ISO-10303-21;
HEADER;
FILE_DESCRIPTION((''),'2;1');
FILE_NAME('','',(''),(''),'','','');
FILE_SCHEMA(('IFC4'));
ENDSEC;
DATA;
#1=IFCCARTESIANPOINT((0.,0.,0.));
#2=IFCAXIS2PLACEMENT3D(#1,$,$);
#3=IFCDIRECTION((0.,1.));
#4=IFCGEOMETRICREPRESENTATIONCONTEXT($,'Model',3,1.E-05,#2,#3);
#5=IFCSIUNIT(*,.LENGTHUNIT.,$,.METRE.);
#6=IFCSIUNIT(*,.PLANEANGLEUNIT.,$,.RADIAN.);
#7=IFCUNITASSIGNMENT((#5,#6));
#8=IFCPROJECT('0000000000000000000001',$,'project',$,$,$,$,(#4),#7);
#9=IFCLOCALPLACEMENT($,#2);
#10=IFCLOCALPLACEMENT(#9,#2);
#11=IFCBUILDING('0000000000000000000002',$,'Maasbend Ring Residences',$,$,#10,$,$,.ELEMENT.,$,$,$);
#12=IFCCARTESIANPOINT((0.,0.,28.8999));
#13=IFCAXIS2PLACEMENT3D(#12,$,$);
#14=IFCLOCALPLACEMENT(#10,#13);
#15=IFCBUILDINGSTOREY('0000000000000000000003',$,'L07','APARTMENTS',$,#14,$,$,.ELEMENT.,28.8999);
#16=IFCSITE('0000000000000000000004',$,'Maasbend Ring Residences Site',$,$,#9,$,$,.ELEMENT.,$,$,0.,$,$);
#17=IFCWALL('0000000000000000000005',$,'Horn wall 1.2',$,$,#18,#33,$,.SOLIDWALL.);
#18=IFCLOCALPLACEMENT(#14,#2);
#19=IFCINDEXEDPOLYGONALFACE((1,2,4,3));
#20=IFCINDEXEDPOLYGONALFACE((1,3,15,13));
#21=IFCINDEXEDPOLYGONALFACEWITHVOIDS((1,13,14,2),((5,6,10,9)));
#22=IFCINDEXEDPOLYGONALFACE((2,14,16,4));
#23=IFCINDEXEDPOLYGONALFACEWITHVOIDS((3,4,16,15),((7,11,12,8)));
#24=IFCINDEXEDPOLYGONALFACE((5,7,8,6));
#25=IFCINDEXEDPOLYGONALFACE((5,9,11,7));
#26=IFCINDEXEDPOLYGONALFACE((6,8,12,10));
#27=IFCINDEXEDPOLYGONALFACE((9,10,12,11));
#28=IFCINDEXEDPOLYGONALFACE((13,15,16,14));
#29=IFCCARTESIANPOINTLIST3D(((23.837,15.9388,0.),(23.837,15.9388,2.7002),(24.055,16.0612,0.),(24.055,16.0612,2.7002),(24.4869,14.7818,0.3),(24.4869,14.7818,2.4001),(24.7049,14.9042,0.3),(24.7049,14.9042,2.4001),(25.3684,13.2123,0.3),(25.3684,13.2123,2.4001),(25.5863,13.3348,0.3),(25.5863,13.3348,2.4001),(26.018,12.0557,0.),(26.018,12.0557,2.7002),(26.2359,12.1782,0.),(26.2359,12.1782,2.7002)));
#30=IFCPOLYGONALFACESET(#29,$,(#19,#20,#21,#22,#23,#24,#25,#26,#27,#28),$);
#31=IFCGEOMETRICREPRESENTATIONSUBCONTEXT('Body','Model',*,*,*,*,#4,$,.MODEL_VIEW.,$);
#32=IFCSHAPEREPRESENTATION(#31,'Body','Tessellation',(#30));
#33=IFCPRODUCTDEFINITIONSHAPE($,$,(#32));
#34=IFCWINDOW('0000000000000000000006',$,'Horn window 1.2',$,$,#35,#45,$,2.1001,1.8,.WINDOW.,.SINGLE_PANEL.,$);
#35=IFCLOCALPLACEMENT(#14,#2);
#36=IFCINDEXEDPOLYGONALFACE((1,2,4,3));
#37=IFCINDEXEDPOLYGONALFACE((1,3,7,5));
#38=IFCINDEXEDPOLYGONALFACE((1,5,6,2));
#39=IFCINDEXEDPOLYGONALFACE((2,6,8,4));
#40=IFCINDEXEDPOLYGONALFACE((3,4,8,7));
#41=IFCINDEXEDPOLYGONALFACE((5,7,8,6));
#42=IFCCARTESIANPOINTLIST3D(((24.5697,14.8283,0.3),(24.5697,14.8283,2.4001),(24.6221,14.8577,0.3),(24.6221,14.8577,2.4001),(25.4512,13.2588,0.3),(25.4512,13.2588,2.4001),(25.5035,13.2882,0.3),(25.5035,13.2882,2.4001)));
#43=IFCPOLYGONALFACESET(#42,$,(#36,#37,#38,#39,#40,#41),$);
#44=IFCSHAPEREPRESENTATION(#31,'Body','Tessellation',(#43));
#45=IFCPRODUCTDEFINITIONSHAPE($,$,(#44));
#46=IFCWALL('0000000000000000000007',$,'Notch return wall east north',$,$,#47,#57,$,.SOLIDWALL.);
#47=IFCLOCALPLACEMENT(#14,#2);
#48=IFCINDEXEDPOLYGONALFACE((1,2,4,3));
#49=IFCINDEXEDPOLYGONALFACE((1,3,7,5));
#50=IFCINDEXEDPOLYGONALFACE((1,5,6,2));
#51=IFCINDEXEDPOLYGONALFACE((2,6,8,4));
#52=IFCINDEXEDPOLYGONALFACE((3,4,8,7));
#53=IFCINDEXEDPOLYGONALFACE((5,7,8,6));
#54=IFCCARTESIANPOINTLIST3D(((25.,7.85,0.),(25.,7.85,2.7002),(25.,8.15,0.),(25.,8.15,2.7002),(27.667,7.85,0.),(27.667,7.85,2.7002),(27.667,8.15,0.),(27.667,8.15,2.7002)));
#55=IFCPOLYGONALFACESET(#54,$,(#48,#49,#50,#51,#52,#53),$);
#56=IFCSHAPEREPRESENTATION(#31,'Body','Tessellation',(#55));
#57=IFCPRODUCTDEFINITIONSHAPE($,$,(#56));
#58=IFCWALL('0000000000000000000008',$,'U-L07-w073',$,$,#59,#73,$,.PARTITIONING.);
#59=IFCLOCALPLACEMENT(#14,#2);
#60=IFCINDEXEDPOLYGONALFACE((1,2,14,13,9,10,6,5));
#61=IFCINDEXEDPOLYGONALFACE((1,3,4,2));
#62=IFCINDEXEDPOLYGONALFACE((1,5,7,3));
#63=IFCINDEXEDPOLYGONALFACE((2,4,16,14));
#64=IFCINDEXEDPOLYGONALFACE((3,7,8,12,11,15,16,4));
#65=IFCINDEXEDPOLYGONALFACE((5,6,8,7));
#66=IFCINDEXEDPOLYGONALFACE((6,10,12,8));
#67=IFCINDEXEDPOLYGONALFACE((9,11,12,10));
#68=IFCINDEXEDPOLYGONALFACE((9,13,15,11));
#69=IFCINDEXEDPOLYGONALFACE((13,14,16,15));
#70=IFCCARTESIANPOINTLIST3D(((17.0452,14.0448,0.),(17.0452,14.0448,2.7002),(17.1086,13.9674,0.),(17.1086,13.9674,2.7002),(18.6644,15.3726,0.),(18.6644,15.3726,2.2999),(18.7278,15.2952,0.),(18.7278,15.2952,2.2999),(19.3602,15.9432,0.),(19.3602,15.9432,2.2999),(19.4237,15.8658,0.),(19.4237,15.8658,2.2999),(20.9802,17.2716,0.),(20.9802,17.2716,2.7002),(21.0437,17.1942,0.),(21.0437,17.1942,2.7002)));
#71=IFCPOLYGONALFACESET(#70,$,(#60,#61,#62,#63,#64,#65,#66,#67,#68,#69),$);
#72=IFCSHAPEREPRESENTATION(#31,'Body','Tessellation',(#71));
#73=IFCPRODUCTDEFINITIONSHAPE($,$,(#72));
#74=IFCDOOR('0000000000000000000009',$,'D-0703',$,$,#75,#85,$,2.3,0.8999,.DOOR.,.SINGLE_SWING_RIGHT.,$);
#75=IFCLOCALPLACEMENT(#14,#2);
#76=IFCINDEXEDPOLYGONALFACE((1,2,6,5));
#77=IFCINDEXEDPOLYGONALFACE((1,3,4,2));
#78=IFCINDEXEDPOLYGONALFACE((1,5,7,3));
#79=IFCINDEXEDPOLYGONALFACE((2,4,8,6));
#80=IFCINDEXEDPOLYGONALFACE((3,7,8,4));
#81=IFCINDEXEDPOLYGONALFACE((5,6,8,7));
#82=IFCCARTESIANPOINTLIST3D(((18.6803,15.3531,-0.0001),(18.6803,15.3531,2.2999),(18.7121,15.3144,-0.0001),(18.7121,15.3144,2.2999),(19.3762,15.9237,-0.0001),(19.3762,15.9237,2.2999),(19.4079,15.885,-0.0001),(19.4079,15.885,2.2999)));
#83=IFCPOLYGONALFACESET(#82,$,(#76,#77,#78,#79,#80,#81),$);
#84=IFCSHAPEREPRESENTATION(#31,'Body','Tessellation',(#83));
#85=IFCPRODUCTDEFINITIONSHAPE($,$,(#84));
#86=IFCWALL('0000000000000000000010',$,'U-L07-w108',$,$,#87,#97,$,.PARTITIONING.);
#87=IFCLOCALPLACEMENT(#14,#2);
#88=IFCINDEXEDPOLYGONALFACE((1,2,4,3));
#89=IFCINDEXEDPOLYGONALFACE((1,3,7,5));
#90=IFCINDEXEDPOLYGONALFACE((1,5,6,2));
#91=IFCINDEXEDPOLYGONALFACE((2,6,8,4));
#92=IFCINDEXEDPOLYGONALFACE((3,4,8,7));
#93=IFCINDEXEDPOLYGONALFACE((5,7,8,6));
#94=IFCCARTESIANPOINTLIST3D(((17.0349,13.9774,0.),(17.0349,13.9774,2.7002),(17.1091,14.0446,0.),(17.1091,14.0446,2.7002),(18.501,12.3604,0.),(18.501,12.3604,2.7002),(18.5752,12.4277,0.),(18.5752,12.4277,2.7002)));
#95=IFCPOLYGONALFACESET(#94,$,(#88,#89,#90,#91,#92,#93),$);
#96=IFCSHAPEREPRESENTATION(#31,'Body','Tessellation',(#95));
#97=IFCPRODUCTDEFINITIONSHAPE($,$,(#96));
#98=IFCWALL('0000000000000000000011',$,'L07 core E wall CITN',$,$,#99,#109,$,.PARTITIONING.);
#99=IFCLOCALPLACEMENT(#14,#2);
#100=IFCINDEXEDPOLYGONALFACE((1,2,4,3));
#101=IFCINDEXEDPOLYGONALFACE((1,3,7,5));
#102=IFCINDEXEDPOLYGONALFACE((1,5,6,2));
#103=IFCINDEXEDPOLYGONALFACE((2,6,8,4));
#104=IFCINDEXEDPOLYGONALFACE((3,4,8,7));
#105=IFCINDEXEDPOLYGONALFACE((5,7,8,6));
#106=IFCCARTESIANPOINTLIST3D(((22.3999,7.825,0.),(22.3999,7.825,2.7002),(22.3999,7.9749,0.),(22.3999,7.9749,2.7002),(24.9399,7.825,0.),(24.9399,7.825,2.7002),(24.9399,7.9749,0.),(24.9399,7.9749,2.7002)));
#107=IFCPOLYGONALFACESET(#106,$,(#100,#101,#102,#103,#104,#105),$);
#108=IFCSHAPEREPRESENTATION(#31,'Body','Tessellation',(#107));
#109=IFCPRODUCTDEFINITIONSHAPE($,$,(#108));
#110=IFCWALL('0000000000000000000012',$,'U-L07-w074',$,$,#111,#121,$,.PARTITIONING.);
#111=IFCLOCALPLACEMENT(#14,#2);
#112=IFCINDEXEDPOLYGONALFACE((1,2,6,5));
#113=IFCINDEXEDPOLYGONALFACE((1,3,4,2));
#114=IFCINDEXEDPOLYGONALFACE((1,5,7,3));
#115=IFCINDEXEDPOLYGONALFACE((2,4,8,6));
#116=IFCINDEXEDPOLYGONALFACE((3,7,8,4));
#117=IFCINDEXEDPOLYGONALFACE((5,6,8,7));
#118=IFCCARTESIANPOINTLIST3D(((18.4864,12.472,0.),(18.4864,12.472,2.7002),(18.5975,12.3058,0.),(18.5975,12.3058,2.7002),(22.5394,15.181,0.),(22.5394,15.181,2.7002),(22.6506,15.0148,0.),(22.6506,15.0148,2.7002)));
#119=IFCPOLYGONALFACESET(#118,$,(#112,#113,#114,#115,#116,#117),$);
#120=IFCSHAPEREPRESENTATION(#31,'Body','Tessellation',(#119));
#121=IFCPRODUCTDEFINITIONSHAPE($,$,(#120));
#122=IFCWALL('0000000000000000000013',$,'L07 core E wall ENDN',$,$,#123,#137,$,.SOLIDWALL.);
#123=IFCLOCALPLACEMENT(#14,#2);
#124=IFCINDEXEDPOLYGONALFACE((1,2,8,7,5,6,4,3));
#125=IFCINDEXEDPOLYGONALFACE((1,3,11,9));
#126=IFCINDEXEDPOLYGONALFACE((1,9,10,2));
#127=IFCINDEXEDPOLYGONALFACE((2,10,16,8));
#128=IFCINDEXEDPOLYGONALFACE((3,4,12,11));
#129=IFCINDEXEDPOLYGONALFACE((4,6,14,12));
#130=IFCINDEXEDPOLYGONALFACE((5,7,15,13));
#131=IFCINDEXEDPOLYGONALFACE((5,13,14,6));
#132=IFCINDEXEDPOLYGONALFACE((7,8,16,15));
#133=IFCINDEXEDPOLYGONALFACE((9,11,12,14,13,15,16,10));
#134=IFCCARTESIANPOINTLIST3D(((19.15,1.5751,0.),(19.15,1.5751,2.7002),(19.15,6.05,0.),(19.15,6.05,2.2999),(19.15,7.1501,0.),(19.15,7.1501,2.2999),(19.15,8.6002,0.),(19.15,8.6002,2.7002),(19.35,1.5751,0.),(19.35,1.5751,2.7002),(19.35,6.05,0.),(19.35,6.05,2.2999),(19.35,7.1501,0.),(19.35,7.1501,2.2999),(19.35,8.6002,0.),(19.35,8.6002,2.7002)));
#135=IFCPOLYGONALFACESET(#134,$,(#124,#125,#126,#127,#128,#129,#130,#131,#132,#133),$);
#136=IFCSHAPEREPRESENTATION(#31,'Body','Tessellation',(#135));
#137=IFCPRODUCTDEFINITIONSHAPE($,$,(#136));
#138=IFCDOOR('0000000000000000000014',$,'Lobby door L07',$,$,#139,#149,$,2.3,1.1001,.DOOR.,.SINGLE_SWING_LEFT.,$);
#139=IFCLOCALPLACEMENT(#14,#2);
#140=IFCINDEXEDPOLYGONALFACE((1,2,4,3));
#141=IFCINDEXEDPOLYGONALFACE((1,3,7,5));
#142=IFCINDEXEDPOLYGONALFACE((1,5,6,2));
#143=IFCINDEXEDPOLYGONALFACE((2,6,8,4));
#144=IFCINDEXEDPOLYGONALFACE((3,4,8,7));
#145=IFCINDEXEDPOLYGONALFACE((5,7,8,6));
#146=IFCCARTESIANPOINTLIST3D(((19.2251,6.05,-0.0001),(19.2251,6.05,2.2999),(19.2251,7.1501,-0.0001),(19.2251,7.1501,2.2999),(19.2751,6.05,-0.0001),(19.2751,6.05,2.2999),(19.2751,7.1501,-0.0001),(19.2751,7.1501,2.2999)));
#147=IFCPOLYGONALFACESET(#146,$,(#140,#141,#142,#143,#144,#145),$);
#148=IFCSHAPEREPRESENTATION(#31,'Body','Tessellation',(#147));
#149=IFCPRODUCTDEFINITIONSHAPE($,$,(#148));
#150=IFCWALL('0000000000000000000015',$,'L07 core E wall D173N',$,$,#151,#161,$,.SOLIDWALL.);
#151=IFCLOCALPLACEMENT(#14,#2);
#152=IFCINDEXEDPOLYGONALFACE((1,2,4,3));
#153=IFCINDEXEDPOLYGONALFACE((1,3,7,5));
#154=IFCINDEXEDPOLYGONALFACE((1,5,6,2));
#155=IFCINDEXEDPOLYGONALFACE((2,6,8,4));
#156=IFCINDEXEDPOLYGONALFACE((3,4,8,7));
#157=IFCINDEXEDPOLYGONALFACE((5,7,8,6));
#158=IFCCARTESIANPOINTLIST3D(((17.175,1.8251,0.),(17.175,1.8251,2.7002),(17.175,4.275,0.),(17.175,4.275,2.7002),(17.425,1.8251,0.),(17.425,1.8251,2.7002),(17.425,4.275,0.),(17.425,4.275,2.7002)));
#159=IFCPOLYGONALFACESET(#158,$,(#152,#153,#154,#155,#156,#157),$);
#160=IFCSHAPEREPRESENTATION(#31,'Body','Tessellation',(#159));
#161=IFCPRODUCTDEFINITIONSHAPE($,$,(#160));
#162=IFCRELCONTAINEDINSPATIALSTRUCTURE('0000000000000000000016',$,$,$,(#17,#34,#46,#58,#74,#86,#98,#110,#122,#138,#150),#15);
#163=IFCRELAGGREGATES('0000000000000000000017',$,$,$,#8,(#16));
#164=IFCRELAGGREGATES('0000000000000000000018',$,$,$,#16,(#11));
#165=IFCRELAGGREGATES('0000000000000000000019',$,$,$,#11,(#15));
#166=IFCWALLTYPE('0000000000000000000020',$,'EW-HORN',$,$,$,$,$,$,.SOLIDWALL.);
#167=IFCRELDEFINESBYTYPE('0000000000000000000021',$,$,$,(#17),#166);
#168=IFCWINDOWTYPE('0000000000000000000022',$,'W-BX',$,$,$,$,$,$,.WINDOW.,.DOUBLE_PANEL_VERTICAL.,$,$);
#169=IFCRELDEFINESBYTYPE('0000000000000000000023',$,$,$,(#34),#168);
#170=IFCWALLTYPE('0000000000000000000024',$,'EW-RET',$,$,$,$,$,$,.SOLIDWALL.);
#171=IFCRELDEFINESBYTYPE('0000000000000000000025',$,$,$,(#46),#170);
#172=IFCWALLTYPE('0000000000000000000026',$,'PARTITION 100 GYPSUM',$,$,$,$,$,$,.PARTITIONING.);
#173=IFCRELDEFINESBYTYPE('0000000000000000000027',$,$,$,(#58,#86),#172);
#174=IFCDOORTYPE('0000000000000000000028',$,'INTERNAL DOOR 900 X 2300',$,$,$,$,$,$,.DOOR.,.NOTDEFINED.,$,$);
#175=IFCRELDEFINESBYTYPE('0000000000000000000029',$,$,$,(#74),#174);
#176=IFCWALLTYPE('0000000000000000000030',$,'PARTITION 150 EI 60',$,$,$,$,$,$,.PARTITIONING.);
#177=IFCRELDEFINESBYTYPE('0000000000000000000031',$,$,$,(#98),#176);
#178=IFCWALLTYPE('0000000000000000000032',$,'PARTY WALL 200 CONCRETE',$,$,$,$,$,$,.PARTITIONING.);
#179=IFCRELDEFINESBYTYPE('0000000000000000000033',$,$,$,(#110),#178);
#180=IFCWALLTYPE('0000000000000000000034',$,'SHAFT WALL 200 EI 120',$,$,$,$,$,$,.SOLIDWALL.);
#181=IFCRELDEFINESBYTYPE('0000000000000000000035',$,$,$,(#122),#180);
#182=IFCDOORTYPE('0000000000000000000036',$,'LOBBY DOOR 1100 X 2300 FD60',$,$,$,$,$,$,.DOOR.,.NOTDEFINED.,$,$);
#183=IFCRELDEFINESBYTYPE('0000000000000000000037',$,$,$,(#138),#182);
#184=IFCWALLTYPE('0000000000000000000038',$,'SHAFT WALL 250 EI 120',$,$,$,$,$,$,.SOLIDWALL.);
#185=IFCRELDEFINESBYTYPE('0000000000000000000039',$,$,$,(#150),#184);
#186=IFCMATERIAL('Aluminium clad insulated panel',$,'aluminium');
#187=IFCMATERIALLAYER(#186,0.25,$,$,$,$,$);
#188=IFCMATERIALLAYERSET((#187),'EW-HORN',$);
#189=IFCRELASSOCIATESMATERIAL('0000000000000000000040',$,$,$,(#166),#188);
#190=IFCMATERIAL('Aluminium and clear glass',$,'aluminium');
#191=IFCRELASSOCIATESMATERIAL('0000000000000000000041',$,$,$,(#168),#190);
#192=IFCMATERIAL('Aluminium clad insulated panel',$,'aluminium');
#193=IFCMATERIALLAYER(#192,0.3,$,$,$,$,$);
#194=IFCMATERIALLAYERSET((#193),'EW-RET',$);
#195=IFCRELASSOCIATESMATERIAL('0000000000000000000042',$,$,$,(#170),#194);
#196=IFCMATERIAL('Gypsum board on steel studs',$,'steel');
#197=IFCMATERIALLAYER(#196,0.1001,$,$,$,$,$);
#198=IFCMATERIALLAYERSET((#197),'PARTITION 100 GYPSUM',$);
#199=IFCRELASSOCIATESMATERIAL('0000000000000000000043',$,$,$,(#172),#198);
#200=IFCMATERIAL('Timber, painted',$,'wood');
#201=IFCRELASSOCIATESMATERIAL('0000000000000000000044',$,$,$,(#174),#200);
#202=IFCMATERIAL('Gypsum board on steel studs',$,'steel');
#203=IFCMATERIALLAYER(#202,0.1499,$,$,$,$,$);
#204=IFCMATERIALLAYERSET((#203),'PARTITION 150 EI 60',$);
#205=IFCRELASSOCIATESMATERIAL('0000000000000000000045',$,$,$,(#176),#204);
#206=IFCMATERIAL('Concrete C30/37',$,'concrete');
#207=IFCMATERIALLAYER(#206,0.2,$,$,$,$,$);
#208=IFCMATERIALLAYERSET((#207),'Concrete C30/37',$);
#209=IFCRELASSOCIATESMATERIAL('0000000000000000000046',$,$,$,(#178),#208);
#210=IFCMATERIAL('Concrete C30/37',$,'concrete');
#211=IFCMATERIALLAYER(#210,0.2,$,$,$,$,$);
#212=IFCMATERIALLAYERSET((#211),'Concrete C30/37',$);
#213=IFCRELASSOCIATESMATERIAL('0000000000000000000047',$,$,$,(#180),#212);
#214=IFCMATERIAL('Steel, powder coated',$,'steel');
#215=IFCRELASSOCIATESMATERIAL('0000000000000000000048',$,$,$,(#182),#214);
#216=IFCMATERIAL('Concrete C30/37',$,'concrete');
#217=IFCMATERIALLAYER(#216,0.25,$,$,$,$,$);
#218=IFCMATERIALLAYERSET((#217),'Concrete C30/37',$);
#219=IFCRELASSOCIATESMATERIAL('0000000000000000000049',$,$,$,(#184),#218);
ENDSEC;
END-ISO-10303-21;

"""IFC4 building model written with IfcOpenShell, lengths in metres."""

from ifc_helpers import new_model, si_unit, direction, frame, frame_2d, origin, place, context, subcontext, project, spatial, rectangle, extrude, material, layer, layer_set, type_object, element, fill, save


model = new_model("IFC4")

# Units and contexts
model_context = context("Model", 3, precision=1e-05, world=origin(), true_north=direction((0.0, 1.0)))
body_context = subcontext(model_context, "Body", "Model", "MODEL_VIEW")
ifc_project = project(units=[si_unit("LENGTHUNIT", "METRE"), si_unit("PLANEANGLEUNIT", "RADIAN")], contexts=[model_context])

# Site, building, storey
site_placement = place(None, origin())
site = spatial("IfcSite", under=ifc_project, at=site_placement, Name="Maasbend Ring Residences Site", CompositionType="ELEMENT", RefElevation=0.0)
building_placement = place(site_placement, origin())
building = spatial("IfcBuilding", under=site, at=building_placement, Name="Maasbend Ring Residences", CompositionType="ELEMENT")
storey_placement = place(building_placement, frame((0.0, 0.0, 28.8999)))
storey = spatial("IfcBuildingStorey", under=building, at=storey_placement, Name="L07", Description="APARTMENTS", CompositionType="ELEMENT", Elevation=28.8999)

# Wall, opening, window
ifc_material_1 = material(Name="Aluminium clad insulated panel", Category="aluminium")
ifc_layer_1 = layer(ifc_material_1, 0.25)
ifc_layer_set_1 = layer_set([ifc_layer_1], Name="EW-HORN")
wall_type_1 = type_object("IfcWallType", Name="EW-HORN", PredefinedType="SOLIDWALL", material=ifc_layer_set_1)
ifc_material_2 = material(Name="Aluminium and clear glass", Category="aluminium")
window_type = type_object("IfcWindowType", Name="W-BX", PartitioningType="DOUBLE_PANEL_VERTICAL", PredefinedType="WINDOW", material=ifc_material_2)
wall_1_placement = place(storey_placement, frame((26.127, 12.1169, 0.0), z_axis=(0.0, 0.0, 1.0), x_axis=(-0.489696, 0.871893, 0.0)))
wall_1 = element("IfcWall", 1, at=wall_1_placement, inside=storey, type_object=wall_type_1, Name="Horn wall 1.2", PredefinedType="SOLIDWALL", context=body_context, shape_type="SweptSolid", body=[
    extrude(rectangle(XDim=4.4536, YDim=0.25, at=frame_2d((2.2268, 0.0))), origin(), (0.0, 0.0, 1.0), 2.7002),
])
opening_1_placement = place(wall_1_placement, frame((1.3267, 0.0, 0.3)))
opening_1 = element("IfcOpeningElement", 2, at=opening_1_placement, cuts=wall_1, PredefinedType="OPENING", context=body_context, shape_type="SweptSolid", body=[
    extrude(rectangle(XDim=1.8, YDim=2.1001, at=frame_2d((0.8999, 1.05))), frame((0.0, 0.135, 0.0), z_axis=(0.0, -1.0, 0.0), x_axis=(1.0, 0.0, 0.0)), (0.0, 0.0, 1.0), 0.27),
])
window_1_placement = place(opening_1_placement, origin())
window_1 = element("IfcWindow", 3, at=window_1_placement, inside=storey, type_object=window_type, Name="Horn window 1.2", OverallHeight=2.1001, OverallWidth=1.8, PartitioningType="SINGLE_PANEL", PredefinedType="WINDOW", context=body_context, shape_type="SweptSolid", body=[
    extrude(rectangle(XDim=1.8, YDim=2.1001, at=frame_2d((0.8999, 1.05))), frame((0.0, 0.03, 0.0), z_axis=(0.0, -1.0, 0.0), x_axis=(1.0, 0.0, 0.0)), (0.0, 0.0, 1.0), 0.0601),
])
fill(opening_1, window_1)

# Wall
ifc_material_3 = material(Name="Aluminium clad insulated panel", Category="aluminium")
ifc_layer_2 = layer(ifc_material_3, 0.3)
ifc_layer_set_2 = layer_set([ifc_layer_2], Name="EW-RET")
wall_type_2 = type_object("IfcWallType", Name="EW-RET", PredefinedType="SOLIDWALL", material=ifc_layer_set_2)
wall_2_placement = place(storey_placement, frame((25.0, 8.0, 0.0), z_axis=(0.0, 0.0, 1.0), x_axis=(1.0, 0.0, 0.0)))
element("IfcWall", 4, at=wall_2_placement, inside=storey, type_object=wall_type_2, Name="Notch return wall east north", PredefinedType="SOLIDWALL", context=body_context, shape_type="SweptSolid", body=[
    extrude(rectangle(XDim=2.667, YDim=0.3, at=frame_2d((1.3335, 0.0))), origin(), (0.0, 0.0, 1.0), 2.7002),
])

# Wall, opening, door
ifc_material_4 = material(Name="Gypsum board on steel studs", Category="steel")
ifc_layer_3 = layer(ifc_material_4, 0.1001)
ifc_layer_set_3 = layer_set([ifc_layer_3], Name="PARTITION 100 GYPSUM")
wall_type_3 = type_object("IfcWallType", Name="PARTITION 100 GYPSUM", PredefinedType="PARTITIONING", material=ifc_layer_set_3)
wall_3_placement = place(storey_placement, frame((17.0769, 14.0061, 0.0), z_axis=(0.0, 0.0, 1.0), x_axis=(0.773262, 0.634086, 0.0)))
wall_3 = element("IfcWall", 5, at=wall_3_placement, inside=storey, type_object=wall_type_3, Name="U-L07-w073", PredefinedType="PARTITIONING", context=body_context, shape_type="SweptSolid", body=[
    extrude(rectangle(XDim=5.0889, YDim=0.1001, at=frame_2d((2.5444, 0.0))), origin(), (0.0, 0.0, 1.0), 2.7002),
])
opening_2_placement = place(wall_3_placement, frame((2.094, 0.0, 0.0)))
opening_2 = element("IfcOpeningElement", 6, at=opening_2_placement, cuts=wall_3, PredefinedType="OPENING", context=body_context, shape_type="SweptSolid", body=[
    extrude(rectangle(XDim=0.8999, YDim=2.3, at=frame_2d((0.45, 1.1499))), frame((0.0, 0.0601, 0.0), z_axis=(0.0, -1.0, 0.0), x_axis=(1.0, 0.0, 0.0)), (0.0, 0.0, 1.0), 0.1201),
])
ifc_material_5 = material(Name="Timber, painted", Category="wood")
door_type_1 = type_object("IfcDoorType", Name="INTERNAL DOOR 900 X 2300", OperationType="NOTDEFINED", PredefinedType="DOOR", material=ifc_material_5)
door_1_placement = place(opening_2_placement, origin())
door_1 = element("IfcDoor", 7, at=door_1_placement, inside=storey, type_object=door_type_1, Name="D-0703", OperationType="SINGLE_SWING_RIGHT", OverallHeight=2.3, OverallWidth=0.8999, PredefinedType="DOOR", context=body_context, shape_type="SweptSolid", body=[
    extrude(rectangle(XDim=0.8999, YDim=2.3, at=frame_2d((0.45, 1.1499))), frame((0.0, 0.0249, 0.0), z_axis=(0.0, -1.0, 0.0), x_axis=(1.0, 0.0, 0.0)), (0.0, 0.0, 1.0), 0.05),
])
fill(opening_2, door_1)

# Walls
wall_4_placement = place(storey_placement, frame((17.072, 14.011, 0.0), z_axis=(0.0, 0.0, 1.0), x_axis=(0.671698, -0.740825, 0.0)))
element("IfcWall", 8, at=wall_4_placement, inside=storey, type_object=wall_type_3, Name="U-L07-w108", PredefinedType="PARTITIONING", context=body_context, shape_type="SweptSolid", body=[
    extrude(rectangle(XDim=2.1826, YDim=0.1001, at=frame_2d((1.0913, 0.0))), origin(), (0.0, 0.0, 1.0), 2.7002),
])
ifc_material_6 = material(Name="Gypsum board on steel studs", Category="steel")
ifc_layer_4 = layer(ifc_material_6, 0.1499)
ifc_layer_set_4 = layer_set([ifc_layer_4], Name="PARTITION 150 EI 60")
wall_type_4 = type_object("IfcWallType", Name="PARTITION 150 EI 60", PredefinedType="PARTITIONING", material=ifc_layer_set_4)
wall_5_placement = place(storey_placement, frame((22.3999, 7.8999, 0.0), z_axis=(0.0, 0.0, 1.0), x_axis=(1.0, 0.0, 0.0)))
element("IfcWall", 9, at=wall_5_placement, inside=storey, type_object=wall_type_4, Name="L07 core E wall CITN", PredefinedType="PARTITIONING", context=body_context, shape_type="SweptSolid", body=[
    extrude(rectangle(XDim=2.54, YDim=0.1499, at=frame_2d((1.27, 0.0))), origin(), (0.0, 0.0, 1.0), 2.7002),
])
ifc_material_7 = material(Name="Concrete C30/37", Category="concrete")
ifc_layer_5 = layer(ifc_material_7, 0.2)
ifc_layer_set_5 = layer_set([ifc_layer_5], Name="Concrete C30/37")
wall_type_5 = type_object("IfcWallType", Name="PARTY WALL 200 CONCRETE", PredefinedType="PARTITIONING", material=ifc_layer_set_5)
wall_6_placement = place(storey_placement, frame((18.542, 12.3889, 0.0), z_axis=(0.0, 0.0, 1.0), x_axis=(0.831387, 0.555694, 0.0)))
element("IfcWall", 10, at=wall_6_placement, inside=storey, type_object=wall_type_5, Name="U-L07-w074", PredefinedType="PARTITIONING", context=body_context, shape_type="SweptSolid", body=[
    extrude(rectangle(XDim=4.875, YDim=0.2, at=frame_2d((2.4375, 0.0))), origin(), (0.0, 0.0, 1.0), 2.7002),
])

# Wall, opening, door
ifc_material_8 = material(Name="Concrete C30/37", Category="concrete")
ifc_layer_6 = layer(ifc_material_8, 0.2)
ifc_layer_set_6 = layer_set([ifc_layer_6], Name="Concrete C30/37")
wall_type_6 = type_object("IfcWallType", Name="SHAFT WALL 200 EI 120", PredefinedType="SOLIDWALL", material=ifc_layer_set_6)
wall_7_placement = place(storey_placement, frame((19.25, 1.575, 0.0), z_axis=(0.0, 0.0, 1.0), x_axis=(0.0, 1.0, 0.0)))
wall_7 = element("IfcWall", 11, at=wall_7_placement, inside=storey, type_object=wall_type_6, Name="L07 core E wall ENDN", PredefinedType="SOLIDWALL", context=body_context, shape_type="SweptSolid", body=[
    extrude(rectangle(XDim=7.0251, YDim=0.2, at=frame_2d((3.5127, 0.0))), origin(), (0.0, 0.0, 1.0), 2.7002),
])
opening_3_placement = place(wall_7_placement, frame((4.4751, 0.0, 0.0)))
opening_3 = element("IfcOpeningElement", 12, at=opening_3_placement, cuts=wall_7, PredefinedType="OPENING", context=body_context, shape_type="SweptSolid", body=[
    extrude(rectangle(XDim=1.1001, YDim=2.3, at=frame_2d((0.55, 1.1499))), frame((0.0, 0.1099, 0.0), z_axis=(0.0, -1.0, 0.0), x_axis=(1.0, 0.0, 0.0)), (0.0, 0.0, 1.0), 0.22),
])
ifc_material_9 = material(Name="Steel, powder coated", Category="steel")
door_type_2 = type_object("IfcDoorType", Name="LOBBY DOOR 1100 X 2300 FD60", OperationType="NOTDEFINED", PredefinedType="DOOR", material=ifc_material_9)
door_2_placement = place(opening_3_placement, origin())
door_2 = element("IfcDoor", 13, at=door_2_placement, inside=storey, type_object=door_type_2, Name="Lobby door L07", OperationType="SINGLE_SWING_LEFT", OverallHeight=2.3, OverallWidth=1.1001, PredefinedType="DOOR", context=body_context, shape_type="SweptSolid", body=[
    extrude(rectangle(XDim=1.1001, YDim=2.3, at=frame_2d((0.55, 1.1499))), frame((0.0, 0.0249, 0.0), z_axis=(0.0, -1.0, 0.0), x_axis=(1.0, 0.0, 0.0)), (0.0, 0.0, 1.0), 0.05),
])
fill(opening_3, door_2)

# Wall
ifc_material_10 = material(Name="Concrete C30/37", Category="concrete")
ifc_layer_7 = layer(ifc_material_10, 0.25)
ifc_layer_set_7 = layer_set([ifc_layer_7], Name="Concrete C30/37")
wall_type_7 = type_object("IfcWallType", Name="SHAFT WALL 250 EI 120", PredefinedType="SOLIDWALL", material=ifc_layer_set_7)
wall_8_placement = place(storey_placement, frame((17.3, 1.825, 0.0), z_axis=(0.0, 0.0, 1.0), x_axis=(0.0, 1.0, 0.0)))
element("IfcWall", 14, at=wall_8_placement, inside=storey, type_object=wall_type_7, Name="L07 core E wall D173N", PredefinedType="SOLIDWALL", context=body_context, shape_type="SweptSolid", body=[
    extrude(rectangle(XDim=2.45, YDim=0.25, at=frame_2d((1.2251, 0.0))), origin(), (0.0, 0.0, 1.0), 2.7002),
])

save(model, "model.ifc")
